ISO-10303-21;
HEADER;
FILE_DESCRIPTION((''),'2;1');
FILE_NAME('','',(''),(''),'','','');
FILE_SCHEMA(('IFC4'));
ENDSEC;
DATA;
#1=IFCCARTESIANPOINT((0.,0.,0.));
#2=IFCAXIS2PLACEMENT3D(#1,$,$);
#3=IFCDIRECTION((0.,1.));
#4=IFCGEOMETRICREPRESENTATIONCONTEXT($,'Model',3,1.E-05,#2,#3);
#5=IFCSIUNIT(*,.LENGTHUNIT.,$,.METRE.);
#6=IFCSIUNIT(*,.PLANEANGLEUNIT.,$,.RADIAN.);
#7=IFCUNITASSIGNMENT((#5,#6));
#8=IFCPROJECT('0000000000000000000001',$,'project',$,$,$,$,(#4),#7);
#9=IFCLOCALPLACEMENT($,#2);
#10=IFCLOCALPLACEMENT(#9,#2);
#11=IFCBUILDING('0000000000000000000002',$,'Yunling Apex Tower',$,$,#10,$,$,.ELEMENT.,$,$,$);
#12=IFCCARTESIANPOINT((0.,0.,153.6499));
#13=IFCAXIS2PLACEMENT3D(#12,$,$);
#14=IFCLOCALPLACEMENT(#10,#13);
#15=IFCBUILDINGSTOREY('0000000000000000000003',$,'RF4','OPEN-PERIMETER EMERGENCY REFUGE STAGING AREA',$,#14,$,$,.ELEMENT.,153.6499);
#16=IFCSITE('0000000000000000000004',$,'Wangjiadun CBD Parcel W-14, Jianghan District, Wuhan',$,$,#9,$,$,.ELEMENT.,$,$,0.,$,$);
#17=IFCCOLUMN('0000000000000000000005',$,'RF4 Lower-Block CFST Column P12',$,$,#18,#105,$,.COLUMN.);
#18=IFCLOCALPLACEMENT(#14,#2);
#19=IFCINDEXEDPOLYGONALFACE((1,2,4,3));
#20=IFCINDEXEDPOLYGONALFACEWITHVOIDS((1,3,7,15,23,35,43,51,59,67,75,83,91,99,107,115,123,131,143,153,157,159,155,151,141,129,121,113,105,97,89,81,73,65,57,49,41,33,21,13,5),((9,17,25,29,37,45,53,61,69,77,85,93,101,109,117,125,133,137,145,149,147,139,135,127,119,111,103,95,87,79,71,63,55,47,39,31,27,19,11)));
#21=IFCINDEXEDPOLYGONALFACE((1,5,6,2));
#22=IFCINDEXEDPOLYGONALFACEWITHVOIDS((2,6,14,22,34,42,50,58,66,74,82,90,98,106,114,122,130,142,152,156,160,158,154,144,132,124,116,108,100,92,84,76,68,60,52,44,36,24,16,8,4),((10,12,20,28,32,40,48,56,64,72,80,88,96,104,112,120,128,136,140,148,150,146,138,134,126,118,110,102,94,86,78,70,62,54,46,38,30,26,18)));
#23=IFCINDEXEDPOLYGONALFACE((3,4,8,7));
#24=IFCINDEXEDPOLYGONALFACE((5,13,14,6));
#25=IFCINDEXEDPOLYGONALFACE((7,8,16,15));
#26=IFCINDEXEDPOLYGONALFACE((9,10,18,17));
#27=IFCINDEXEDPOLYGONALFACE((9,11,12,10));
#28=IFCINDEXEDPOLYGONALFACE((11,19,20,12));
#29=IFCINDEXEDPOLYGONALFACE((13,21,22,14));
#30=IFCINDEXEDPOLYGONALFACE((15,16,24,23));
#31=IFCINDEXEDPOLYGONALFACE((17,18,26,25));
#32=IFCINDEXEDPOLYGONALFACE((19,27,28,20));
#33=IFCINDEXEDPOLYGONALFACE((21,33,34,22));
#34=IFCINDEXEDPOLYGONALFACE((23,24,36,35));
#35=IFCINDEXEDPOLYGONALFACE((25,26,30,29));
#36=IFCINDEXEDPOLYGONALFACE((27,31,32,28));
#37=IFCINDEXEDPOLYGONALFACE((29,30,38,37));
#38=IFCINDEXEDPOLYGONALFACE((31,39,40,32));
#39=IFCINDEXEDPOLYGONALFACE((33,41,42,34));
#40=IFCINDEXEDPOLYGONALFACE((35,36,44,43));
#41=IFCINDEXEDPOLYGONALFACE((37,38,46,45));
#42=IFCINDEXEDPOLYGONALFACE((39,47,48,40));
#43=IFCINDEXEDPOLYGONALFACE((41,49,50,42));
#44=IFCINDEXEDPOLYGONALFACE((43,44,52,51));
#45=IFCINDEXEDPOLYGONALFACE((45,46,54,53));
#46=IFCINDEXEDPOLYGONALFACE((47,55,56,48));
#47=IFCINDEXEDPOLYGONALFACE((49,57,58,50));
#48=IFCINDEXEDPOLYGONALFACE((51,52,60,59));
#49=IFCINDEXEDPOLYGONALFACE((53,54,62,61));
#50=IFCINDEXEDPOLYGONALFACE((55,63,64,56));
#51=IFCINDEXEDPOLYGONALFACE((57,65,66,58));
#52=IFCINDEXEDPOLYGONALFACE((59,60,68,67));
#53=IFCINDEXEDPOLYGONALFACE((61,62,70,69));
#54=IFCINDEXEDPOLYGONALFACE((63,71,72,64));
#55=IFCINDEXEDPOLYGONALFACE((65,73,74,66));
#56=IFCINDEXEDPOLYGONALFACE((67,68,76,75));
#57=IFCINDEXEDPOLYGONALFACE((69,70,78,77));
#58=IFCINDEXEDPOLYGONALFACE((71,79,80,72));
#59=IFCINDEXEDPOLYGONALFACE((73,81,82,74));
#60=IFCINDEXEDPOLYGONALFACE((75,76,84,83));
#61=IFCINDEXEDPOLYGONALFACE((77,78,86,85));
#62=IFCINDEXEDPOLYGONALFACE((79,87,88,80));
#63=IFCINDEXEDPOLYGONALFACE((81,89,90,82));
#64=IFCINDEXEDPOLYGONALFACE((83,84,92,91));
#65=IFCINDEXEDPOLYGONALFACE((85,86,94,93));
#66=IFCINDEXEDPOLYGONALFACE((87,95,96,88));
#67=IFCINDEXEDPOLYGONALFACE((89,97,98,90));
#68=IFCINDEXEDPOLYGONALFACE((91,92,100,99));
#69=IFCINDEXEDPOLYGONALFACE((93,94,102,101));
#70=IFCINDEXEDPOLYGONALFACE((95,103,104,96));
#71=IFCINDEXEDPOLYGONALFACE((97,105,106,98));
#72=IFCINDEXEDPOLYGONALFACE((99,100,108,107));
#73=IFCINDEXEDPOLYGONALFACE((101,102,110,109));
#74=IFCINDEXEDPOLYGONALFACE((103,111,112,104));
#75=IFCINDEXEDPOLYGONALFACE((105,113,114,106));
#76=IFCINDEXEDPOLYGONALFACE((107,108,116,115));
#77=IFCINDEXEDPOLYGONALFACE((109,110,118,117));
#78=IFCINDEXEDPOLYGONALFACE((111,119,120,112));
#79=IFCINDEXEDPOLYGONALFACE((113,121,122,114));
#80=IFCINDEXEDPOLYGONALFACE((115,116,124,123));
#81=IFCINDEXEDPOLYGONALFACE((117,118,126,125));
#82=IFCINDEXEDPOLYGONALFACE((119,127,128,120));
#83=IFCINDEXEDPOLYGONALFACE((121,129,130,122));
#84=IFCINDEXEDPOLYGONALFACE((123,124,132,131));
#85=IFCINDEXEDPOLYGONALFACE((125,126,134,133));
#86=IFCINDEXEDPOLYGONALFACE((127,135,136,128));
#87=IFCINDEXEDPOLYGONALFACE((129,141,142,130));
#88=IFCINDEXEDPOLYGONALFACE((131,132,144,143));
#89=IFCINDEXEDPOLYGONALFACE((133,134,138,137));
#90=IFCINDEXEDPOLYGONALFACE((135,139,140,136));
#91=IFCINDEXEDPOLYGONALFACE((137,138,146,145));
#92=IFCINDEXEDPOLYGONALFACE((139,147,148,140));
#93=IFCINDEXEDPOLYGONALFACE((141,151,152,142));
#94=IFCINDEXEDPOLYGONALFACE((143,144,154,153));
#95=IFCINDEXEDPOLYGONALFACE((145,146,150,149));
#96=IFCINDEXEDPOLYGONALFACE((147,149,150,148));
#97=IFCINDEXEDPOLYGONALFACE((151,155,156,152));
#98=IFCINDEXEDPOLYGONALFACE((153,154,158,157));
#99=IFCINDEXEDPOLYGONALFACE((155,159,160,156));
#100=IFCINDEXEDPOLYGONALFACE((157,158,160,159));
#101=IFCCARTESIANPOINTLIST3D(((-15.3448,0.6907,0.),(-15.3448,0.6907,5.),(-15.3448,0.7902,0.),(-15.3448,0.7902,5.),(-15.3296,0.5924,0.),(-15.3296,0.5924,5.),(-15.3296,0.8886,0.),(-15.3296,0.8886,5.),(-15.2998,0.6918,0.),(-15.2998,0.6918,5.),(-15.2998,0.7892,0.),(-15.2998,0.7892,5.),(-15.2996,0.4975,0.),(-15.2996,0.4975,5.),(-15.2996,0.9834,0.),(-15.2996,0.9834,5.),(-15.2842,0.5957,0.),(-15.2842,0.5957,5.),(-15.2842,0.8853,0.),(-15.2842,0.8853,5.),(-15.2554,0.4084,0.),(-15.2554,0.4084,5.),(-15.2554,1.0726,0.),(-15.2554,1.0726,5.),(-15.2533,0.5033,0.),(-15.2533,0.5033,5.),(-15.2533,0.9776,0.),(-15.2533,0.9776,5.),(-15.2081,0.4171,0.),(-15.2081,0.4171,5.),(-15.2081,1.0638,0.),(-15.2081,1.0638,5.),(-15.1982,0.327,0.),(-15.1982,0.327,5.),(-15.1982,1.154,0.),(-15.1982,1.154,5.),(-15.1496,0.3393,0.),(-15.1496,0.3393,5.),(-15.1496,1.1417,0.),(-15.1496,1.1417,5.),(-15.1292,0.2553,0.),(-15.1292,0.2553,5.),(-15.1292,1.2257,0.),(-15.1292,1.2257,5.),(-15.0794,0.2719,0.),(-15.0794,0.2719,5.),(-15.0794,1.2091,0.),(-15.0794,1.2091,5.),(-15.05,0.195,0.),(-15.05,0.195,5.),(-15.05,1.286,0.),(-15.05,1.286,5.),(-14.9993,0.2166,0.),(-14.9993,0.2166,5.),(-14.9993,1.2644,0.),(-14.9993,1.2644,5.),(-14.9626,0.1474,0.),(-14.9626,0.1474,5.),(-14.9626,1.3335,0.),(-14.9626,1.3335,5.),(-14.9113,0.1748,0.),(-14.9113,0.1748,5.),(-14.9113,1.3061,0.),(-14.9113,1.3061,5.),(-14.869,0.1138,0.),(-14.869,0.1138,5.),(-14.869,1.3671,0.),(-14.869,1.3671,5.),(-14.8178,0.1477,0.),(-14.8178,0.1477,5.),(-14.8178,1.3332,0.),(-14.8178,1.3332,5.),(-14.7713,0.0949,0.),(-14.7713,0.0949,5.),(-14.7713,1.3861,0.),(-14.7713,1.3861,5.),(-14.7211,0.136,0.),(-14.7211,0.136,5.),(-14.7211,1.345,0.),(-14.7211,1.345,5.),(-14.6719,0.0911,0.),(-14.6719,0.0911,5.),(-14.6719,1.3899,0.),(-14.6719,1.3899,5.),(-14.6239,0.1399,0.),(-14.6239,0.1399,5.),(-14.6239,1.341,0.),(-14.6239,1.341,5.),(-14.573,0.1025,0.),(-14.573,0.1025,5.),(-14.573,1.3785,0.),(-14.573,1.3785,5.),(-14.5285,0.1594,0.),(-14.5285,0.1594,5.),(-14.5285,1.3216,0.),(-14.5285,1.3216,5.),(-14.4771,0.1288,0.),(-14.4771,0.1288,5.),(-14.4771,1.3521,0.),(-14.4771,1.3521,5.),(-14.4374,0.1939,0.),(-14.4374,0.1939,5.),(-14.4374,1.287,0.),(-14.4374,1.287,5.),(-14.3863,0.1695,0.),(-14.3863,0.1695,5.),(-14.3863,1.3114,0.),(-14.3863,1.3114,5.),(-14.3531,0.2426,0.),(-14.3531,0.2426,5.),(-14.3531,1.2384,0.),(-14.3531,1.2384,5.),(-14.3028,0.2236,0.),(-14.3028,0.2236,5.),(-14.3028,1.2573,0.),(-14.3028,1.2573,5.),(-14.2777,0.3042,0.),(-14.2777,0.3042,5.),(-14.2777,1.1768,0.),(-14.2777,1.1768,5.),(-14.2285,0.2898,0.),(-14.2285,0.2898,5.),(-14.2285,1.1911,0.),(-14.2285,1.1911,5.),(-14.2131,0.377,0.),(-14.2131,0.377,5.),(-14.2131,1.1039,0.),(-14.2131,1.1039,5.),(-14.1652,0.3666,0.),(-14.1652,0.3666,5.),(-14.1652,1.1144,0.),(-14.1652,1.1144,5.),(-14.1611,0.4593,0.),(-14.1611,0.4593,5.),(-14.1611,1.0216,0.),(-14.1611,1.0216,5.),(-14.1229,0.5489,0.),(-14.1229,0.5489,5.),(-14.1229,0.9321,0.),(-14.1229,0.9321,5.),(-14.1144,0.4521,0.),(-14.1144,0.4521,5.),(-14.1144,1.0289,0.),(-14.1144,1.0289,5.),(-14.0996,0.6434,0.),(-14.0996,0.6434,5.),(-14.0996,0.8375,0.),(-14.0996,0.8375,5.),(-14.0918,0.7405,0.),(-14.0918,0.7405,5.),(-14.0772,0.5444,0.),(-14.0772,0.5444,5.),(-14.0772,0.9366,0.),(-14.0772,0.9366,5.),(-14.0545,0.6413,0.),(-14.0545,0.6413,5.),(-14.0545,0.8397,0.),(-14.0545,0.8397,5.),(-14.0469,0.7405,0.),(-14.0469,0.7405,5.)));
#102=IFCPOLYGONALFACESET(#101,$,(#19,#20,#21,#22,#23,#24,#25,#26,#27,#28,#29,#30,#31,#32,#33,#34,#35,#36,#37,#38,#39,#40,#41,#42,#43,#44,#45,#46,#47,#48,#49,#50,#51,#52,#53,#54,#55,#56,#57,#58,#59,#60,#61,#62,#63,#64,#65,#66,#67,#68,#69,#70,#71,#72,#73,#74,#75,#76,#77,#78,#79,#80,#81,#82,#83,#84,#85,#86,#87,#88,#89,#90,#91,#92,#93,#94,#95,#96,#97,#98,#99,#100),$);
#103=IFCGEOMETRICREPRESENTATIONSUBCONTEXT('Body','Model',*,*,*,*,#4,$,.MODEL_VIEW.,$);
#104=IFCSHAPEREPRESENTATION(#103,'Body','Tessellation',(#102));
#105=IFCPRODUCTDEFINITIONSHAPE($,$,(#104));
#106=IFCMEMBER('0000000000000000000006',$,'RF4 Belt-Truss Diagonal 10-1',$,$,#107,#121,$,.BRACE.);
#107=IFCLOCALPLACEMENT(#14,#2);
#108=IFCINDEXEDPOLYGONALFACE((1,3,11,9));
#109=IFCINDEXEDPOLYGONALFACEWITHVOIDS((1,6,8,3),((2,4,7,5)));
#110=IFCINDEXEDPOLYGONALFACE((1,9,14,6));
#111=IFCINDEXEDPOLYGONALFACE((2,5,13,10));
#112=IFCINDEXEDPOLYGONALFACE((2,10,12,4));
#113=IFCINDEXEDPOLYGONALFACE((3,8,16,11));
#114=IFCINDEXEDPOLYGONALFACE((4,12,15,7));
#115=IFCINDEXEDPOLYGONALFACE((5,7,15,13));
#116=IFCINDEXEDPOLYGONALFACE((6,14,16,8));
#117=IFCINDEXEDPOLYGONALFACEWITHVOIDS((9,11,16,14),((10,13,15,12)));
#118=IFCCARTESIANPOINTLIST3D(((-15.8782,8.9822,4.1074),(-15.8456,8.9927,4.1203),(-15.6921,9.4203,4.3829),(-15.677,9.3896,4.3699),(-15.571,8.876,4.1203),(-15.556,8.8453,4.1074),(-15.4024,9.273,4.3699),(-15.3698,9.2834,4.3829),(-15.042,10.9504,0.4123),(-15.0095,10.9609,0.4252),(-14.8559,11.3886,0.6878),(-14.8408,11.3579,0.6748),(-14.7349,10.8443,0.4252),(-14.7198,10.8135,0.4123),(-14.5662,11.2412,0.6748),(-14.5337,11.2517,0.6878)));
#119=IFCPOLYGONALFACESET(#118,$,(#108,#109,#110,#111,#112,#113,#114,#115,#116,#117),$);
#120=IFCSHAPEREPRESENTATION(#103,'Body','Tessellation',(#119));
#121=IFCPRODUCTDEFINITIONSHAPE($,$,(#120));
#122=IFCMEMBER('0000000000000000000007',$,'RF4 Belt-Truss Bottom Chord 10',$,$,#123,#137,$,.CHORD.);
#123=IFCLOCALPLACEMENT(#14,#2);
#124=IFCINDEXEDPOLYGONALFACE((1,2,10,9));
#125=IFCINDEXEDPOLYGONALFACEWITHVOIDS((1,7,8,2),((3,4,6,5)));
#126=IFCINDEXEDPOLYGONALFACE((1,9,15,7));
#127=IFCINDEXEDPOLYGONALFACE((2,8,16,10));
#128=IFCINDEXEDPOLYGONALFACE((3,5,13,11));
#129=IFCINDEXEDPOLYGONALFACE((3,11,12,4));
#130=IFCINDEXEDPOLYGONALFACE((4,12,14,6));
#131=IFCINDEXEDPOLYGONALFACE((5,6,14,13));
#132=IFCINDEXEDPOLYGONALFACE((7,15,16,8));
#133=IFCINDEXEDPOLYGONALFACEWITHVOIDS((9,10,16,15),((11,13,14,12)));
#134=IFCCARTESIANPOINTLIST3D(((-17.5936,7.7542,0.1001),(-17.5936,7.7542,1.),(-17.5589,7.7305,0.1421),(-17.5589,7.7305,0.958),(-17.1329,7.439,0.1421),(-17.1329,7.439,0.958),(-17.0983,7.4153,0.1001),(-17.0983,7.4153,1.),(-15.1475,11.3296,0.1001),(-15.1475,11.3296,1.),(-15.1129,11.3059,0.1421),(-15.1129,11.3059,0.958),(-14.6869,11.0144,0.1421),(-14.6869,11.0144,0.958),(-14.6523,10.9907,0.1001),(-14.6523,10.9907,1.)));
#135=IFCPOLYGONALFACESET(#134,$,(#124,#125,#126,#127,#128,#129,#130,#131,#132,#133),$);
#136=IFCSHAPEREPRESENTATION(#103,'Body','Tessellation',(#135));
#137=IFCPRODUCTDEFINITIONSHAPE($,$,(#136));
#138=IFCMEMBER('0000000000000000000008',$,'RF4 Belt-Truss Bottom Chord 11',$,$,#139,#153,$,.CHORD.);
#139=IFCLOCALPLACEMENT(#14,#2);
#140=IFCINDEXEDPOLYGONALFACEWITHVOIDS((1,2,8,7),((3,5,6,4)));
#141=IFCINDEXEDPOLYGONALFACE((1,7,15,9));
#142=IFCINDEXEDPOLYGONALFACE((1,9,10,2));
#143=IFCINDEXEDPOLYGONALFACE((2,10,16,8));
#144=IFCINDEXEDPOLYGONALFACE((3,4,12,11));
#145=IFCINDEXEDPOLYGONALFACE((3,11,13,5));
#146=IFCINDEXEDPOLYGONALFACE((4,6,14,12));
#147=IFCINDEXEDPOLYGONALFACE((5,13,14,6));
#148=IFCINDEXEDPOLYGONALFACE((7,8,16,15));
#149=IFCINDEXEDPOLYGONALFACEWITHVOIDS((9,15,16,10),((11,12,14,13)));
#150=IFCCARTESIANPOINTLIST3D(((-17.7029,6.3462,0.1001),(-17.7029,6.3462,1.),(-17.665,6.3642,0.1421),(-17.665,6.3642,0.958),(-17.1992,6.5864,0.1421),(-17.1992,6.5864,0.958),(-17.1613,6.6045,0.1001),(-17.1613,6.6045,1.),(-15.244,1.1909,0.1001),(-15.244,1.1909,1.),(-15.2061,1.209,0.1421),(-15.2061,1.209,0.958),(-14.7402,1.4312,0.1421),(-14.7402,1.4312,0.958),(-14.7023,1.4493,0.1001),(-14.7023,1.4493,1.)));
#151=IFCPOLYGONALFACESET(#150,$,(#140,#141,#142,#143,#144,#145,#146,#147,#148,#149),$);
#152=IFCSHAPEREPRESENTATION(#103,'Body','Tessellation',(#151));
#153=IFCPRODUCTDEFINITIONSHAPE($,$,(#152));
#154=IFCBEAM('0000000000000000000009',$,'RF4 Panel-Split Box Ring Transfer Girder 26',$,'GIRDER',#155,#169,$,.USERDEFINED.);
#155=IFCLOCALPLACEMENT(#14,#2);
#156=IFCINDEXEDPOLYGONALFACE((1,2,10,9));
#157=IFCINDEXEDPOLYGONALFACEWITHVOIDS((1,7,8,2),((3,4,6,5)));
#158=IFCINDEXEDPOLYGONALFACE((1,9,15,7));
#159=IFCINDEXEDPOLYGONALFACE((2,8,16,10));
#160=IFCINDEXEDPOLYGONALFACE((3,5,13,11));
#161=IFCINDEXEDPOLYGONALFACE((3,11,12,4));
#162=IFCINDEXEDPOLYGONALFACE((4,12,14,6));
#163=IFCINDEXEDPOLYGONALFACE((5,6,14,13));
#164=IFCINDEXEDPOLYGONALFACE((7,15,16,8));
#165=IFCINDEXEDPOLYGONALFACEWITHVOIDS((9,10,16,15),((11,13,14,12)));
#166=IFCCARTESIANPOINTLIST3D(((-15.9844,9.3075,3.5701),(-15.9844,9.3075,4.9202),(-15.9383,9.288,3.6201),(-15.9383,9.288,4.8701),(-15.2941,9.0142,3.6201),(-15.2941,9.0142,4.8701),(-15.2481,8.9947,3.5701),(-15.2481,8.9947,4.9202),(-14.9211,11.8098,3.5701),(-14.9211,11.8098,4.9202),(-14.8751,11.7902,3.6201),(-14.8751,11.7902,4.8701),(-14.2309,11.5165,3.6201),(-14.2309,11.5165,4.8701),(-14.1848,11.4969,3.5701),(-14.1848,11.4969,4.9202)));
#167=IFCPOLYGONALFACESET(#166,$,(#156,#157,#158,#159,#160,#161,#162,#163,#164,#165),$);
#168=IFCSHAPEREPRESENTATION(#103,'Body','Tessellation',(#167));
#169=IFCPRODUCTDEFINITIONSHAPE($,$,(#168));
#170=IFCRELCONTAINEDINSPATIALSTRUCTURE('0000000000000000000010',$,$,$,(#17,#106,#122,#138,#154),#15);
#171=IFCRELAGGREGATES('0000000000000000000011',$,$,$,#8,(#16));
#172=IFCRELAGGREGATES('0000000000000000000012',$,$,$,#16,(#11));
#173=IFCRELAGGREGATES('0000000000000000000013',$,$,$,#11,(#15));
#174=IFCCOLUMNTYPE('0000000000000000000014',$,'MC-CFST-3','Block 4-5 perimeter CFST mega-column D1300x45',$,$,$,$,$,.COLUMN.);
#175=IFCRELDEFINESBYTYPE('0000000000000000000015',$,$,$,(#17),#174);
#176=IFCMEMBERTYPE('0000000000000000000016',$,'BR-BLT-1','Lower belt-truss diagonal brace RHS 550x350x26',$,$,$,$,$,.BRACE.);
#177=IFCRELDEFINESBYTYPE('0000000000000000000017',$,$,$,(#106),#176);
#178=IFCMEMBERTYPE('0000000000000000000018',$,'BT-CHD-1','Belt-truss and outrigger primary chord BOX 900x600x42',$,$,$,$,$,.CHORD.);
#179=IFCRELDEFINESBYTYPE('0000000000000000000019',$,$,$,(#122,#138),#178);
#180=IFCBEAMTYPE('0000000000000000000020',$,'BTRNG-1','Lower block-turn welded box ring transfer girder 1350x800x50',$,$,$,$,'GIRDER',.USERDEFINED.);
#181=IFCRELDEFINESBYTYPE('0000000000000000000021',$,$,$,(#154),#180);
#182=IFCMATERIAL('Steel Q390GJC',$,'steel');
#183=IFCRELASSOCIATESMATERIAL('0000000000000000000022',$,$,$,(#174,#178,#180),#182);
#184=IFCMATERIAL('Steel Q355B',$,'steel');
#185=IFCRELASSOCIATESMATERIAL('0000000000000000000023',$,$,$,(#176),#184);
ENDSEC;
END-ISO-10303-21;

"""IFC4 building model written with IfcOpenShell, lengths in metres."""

from ifc_helpers import new_model, si_unit, direction, frame, origin, origin_2d, place, context, subcontext, project, spatial, hollow_rectangle, hollow_circle, extrude, source, transform, mapped, material, material_profile, profile_set, type_object, element, save


model = new_model("IFC4")

# Units and contexts
model_context = context("Model", 3, precision=1e-05, world=origin(), true_north=direction((0.0, 1.0)))
body_context = subcontext(model_context, "Body", "Model", "MODEL_VIEW")
ifc_project = project(units=[si_unit("LENGTHUNIT", "METRE"), si_unit("PLANEANGLEUNIT", "RADIAN")], contexts=[model_context])

# Site, building, storey
site_placement = place(None, origin())
site = spatial("IfcSite", under=ifc_project, at=site_placement, Name="Wangjiadun CBD Parcel W-14, Jianghan District, Wuhan", CompositionType="ELEMENT", RefElevation=0.0)
building_placement = place(site_placement, origin())
building = spatial("IfcBuilding", under=site, at=building_placement, Name="Yunling Apex Tower", CompositionType="ELEMENT")
storey_placement = place(building_placement, frame((0.0, 0.0, 153.6499)))
storey = spatial("IfcBuildingStorey", under=building, at=storey_placement, Name="RF4", Description="OPEN-PERIMETER EMERGENCY REFUGE STAGING AREA", CompositionType="ELEMENT", Elevation=153.6499)

# Column
ifc_material_1 = material(Name="Steel Q390GJC", Category="steel")
ifc_material_profile_1 = material_profile(ifc_material_1, hollow_circle(Radius=0.6499, WallThickness=0.0449, at=origin_2d()))
ifc_profile_set_1 = profile_set([ifc_material_profile_1], Name="Steel Q390GJC")
column_type = type_object("IfcColumnType", Name="MC-CFST-3", Description="Block 4-5 perimeter CFST mega-column D1300x45", PredefinedType="COLUMN", material=ifc_profile_set_1)
shared_shape_1 = source(origin(), body_context, "Body", "SweptSolid", [
    extrude(hollow_circle(Radius=0.6499, WallThickness=0.0449, at=origin_2d()), origin(), (0.0, 0.0, 1.0), 5.0),
])
for number, where, z_axis, x_axis, name in (
    (1, (-14.6968, 0.7405, 0.0), (0.0, 0.0, 1.0), (1.0, 0.0, 0.0), "RF4 Lower-Block CFST Column P12"),
):
    element("IfcColumn", number, at=place(storey_placement, frame(where, z_axis=z_axis, x_axis=x_axis)), inside=storey, type_object=column_type, Name=name, PredefinedType="COLUMN", context=body_context, shape_type="MappedRepresentation", body=[
        mapped(shared_shape_1, transform((0.0, 0.0, 0.0), scale=1.0)),
    ])

# Members
ifc_material_2 = material(Name="Steel Q355B", Category="steel")
ifc_material_profile_2 = material_profile(ifc_material_2, hollow_rectangle(XDim=0.3501, YDim=0.55, WallThickness=0.0259, at=origin_2d()))
ifc_profile_set_2 = profile_set([ifc_material_profile_2], Name="Steel Q355B")
member_type_1 = type_object("IfcMemberType", Name="BR-BLT-1", Description="Lower belt-truss diagonal brace RHS 550x350x26", PredefinedType="BRACE", material=ifc_profile_set_2)
shared_shape_2 = source(origin(), body_context, "Body", "SweptSolid", [
    extrude(hollow_rectangle(XDim=0.3501, YDim=0.55, WallThickness=0.0259, at=origin_2d()), origin(), (0.0, 0.0, 1.0), 4.2693),
])
member_1_placement = place(storey_placement, frame((-14.7878, 11.1011, 0.55), z_axis=(-0.19586, -0.461029, 0.865501), x_axis=(0.920386, -0.39101, 0.0)))
element("IfcMember", 2, at=member_1_placement, inside=storey, type_object=member_type_1, Name="RF4 Belt-Truss Diagonal 10-1", PredefinedType="BRACE", context=body_context, shape_type="MappedRepresentation", body=[
    mapped(shared_shape_2, transform((0.0, 0.0, 0.0), scale=1.0)),
])
ifc_material_profile_3 = material_profile(ifc_material_1, hollow_rectangle(XDim=0.6001, YDim=0.8999, WallThickness=0.042, at=origin_2d()))
ifc_profile_set_3 = profile_set([ifc_material_profile_3], Name="Steel Q390GJC")
member_type_2 = type_object("IfcMemberType", Name="BT-CHD-1", Description="Belt-truss and outrigger primary chord BOX 900x600x42", PredefinedType="CHORD", material=ifc_profile_set_3)
shared_shape_3 = source(origin(), body_context, "Body", "SweptSolid", [
    extrude(hollow_rectangle(XDim=0.6001, YDim=0.8999, WallThickness=0.042, at=origin_2d()), origin(), (0.0, 0.0, 1.0), 4.332),
])
member_2_placement = place(storey_placement, frame((-14.8999, 11.1602, 0.55), z_axis=(-0.564635, -0.82534, 0.0), x_axis=(0.82534, -0.564635, 0.0)))
element("IfcMember", 3, at=member_2_placement, inside=storey, type_object=member_type_2, Name="RF4 Belt-Truss Bottom Chord 10", PredefinedType="CHORD", context=body_context, shape_type="MappedRepresentation", body=[
    mapped(shared_shape_3, transform((0.0, 0.0, 0.0), scale=1.0)),
])
shared_shape_4 = source(origin(), body_context, "Body", "SweptSolid", [
    extrude(hollow_rectangle(XDim=0.6001, YDim=0.8999, WallThickness=0.042, at=origin_2d()), origin(), (0.0, 0.0, 1.0), 5.7117),
])
member_3_placement = place(storey_placement, frame((-17.4321, 6.4753, 0.55), z_axis=(0.430518, -0.902582, 0.0), x_axis=(0.902582, 0.430518, 0.0)))
element("IfcMember", 4, at=member_3_placement, inside=storey, type_object=member_type_2, Name="RF4 Belt-Truss Bottom Chord 11", PredefinedType="CHORD", context=body_context, shape_type="MappedRepresentation", body=[
    mapped(shared_shape_4, transform((0.0, 0.0, 0.0), scale=1.0)),
])

# Beam
ifc_material_profile_4 = material_profile(ifc_material_1, hollow_rectangle(XDim=0.8, YDim=1.3501, WallThickness=0.05, at=origin_2d()))
ifc_profile_set_4 = profile_set([ifc_material_profile_4], Name="Steel Q390GJC")
beam_type = type_object("IfcBeamType", Name="BTRNG-1", Description="Lower block-turn welded box ring transfer girder 1350x800x50", ElementType="GIRDER", PredefinedType="USERDEFINED", material=ifc_profile_set_4)
shared_shape_5 = source(origin(), body_context, "Body", "SweptSolid", [
    extrude(hollow_rectangle(XDim=0.8, YDim=1.3501, WallThickness=0.05, at=origin_2d()), origin(), (0.0, 0.0, 1.0), 2.7188),
])
beam_1_placement = place(storey_placement, frame((-14.553, 11.6533, 4.2451), z_axis=(-0.391078, -0.920358, 0.0), x_axis=(0.920358, -0.391078, 0.0)))
element("IfcBeam", 5, at=beam_1_placement, inside=storey, type_object=beam_type, Name="RF4 Panel-Split Box Ring Transfer Girder 26", ObjectType="GIRDER", PredefinedType="USERDEFINED", context=body_context, shape_type="MappedRepresentation", body=[
    mapped(shared_shape_5, transform((0.0, 0.0, 0.0), scale=1.0)),
])

save(model, "model.ifc")
